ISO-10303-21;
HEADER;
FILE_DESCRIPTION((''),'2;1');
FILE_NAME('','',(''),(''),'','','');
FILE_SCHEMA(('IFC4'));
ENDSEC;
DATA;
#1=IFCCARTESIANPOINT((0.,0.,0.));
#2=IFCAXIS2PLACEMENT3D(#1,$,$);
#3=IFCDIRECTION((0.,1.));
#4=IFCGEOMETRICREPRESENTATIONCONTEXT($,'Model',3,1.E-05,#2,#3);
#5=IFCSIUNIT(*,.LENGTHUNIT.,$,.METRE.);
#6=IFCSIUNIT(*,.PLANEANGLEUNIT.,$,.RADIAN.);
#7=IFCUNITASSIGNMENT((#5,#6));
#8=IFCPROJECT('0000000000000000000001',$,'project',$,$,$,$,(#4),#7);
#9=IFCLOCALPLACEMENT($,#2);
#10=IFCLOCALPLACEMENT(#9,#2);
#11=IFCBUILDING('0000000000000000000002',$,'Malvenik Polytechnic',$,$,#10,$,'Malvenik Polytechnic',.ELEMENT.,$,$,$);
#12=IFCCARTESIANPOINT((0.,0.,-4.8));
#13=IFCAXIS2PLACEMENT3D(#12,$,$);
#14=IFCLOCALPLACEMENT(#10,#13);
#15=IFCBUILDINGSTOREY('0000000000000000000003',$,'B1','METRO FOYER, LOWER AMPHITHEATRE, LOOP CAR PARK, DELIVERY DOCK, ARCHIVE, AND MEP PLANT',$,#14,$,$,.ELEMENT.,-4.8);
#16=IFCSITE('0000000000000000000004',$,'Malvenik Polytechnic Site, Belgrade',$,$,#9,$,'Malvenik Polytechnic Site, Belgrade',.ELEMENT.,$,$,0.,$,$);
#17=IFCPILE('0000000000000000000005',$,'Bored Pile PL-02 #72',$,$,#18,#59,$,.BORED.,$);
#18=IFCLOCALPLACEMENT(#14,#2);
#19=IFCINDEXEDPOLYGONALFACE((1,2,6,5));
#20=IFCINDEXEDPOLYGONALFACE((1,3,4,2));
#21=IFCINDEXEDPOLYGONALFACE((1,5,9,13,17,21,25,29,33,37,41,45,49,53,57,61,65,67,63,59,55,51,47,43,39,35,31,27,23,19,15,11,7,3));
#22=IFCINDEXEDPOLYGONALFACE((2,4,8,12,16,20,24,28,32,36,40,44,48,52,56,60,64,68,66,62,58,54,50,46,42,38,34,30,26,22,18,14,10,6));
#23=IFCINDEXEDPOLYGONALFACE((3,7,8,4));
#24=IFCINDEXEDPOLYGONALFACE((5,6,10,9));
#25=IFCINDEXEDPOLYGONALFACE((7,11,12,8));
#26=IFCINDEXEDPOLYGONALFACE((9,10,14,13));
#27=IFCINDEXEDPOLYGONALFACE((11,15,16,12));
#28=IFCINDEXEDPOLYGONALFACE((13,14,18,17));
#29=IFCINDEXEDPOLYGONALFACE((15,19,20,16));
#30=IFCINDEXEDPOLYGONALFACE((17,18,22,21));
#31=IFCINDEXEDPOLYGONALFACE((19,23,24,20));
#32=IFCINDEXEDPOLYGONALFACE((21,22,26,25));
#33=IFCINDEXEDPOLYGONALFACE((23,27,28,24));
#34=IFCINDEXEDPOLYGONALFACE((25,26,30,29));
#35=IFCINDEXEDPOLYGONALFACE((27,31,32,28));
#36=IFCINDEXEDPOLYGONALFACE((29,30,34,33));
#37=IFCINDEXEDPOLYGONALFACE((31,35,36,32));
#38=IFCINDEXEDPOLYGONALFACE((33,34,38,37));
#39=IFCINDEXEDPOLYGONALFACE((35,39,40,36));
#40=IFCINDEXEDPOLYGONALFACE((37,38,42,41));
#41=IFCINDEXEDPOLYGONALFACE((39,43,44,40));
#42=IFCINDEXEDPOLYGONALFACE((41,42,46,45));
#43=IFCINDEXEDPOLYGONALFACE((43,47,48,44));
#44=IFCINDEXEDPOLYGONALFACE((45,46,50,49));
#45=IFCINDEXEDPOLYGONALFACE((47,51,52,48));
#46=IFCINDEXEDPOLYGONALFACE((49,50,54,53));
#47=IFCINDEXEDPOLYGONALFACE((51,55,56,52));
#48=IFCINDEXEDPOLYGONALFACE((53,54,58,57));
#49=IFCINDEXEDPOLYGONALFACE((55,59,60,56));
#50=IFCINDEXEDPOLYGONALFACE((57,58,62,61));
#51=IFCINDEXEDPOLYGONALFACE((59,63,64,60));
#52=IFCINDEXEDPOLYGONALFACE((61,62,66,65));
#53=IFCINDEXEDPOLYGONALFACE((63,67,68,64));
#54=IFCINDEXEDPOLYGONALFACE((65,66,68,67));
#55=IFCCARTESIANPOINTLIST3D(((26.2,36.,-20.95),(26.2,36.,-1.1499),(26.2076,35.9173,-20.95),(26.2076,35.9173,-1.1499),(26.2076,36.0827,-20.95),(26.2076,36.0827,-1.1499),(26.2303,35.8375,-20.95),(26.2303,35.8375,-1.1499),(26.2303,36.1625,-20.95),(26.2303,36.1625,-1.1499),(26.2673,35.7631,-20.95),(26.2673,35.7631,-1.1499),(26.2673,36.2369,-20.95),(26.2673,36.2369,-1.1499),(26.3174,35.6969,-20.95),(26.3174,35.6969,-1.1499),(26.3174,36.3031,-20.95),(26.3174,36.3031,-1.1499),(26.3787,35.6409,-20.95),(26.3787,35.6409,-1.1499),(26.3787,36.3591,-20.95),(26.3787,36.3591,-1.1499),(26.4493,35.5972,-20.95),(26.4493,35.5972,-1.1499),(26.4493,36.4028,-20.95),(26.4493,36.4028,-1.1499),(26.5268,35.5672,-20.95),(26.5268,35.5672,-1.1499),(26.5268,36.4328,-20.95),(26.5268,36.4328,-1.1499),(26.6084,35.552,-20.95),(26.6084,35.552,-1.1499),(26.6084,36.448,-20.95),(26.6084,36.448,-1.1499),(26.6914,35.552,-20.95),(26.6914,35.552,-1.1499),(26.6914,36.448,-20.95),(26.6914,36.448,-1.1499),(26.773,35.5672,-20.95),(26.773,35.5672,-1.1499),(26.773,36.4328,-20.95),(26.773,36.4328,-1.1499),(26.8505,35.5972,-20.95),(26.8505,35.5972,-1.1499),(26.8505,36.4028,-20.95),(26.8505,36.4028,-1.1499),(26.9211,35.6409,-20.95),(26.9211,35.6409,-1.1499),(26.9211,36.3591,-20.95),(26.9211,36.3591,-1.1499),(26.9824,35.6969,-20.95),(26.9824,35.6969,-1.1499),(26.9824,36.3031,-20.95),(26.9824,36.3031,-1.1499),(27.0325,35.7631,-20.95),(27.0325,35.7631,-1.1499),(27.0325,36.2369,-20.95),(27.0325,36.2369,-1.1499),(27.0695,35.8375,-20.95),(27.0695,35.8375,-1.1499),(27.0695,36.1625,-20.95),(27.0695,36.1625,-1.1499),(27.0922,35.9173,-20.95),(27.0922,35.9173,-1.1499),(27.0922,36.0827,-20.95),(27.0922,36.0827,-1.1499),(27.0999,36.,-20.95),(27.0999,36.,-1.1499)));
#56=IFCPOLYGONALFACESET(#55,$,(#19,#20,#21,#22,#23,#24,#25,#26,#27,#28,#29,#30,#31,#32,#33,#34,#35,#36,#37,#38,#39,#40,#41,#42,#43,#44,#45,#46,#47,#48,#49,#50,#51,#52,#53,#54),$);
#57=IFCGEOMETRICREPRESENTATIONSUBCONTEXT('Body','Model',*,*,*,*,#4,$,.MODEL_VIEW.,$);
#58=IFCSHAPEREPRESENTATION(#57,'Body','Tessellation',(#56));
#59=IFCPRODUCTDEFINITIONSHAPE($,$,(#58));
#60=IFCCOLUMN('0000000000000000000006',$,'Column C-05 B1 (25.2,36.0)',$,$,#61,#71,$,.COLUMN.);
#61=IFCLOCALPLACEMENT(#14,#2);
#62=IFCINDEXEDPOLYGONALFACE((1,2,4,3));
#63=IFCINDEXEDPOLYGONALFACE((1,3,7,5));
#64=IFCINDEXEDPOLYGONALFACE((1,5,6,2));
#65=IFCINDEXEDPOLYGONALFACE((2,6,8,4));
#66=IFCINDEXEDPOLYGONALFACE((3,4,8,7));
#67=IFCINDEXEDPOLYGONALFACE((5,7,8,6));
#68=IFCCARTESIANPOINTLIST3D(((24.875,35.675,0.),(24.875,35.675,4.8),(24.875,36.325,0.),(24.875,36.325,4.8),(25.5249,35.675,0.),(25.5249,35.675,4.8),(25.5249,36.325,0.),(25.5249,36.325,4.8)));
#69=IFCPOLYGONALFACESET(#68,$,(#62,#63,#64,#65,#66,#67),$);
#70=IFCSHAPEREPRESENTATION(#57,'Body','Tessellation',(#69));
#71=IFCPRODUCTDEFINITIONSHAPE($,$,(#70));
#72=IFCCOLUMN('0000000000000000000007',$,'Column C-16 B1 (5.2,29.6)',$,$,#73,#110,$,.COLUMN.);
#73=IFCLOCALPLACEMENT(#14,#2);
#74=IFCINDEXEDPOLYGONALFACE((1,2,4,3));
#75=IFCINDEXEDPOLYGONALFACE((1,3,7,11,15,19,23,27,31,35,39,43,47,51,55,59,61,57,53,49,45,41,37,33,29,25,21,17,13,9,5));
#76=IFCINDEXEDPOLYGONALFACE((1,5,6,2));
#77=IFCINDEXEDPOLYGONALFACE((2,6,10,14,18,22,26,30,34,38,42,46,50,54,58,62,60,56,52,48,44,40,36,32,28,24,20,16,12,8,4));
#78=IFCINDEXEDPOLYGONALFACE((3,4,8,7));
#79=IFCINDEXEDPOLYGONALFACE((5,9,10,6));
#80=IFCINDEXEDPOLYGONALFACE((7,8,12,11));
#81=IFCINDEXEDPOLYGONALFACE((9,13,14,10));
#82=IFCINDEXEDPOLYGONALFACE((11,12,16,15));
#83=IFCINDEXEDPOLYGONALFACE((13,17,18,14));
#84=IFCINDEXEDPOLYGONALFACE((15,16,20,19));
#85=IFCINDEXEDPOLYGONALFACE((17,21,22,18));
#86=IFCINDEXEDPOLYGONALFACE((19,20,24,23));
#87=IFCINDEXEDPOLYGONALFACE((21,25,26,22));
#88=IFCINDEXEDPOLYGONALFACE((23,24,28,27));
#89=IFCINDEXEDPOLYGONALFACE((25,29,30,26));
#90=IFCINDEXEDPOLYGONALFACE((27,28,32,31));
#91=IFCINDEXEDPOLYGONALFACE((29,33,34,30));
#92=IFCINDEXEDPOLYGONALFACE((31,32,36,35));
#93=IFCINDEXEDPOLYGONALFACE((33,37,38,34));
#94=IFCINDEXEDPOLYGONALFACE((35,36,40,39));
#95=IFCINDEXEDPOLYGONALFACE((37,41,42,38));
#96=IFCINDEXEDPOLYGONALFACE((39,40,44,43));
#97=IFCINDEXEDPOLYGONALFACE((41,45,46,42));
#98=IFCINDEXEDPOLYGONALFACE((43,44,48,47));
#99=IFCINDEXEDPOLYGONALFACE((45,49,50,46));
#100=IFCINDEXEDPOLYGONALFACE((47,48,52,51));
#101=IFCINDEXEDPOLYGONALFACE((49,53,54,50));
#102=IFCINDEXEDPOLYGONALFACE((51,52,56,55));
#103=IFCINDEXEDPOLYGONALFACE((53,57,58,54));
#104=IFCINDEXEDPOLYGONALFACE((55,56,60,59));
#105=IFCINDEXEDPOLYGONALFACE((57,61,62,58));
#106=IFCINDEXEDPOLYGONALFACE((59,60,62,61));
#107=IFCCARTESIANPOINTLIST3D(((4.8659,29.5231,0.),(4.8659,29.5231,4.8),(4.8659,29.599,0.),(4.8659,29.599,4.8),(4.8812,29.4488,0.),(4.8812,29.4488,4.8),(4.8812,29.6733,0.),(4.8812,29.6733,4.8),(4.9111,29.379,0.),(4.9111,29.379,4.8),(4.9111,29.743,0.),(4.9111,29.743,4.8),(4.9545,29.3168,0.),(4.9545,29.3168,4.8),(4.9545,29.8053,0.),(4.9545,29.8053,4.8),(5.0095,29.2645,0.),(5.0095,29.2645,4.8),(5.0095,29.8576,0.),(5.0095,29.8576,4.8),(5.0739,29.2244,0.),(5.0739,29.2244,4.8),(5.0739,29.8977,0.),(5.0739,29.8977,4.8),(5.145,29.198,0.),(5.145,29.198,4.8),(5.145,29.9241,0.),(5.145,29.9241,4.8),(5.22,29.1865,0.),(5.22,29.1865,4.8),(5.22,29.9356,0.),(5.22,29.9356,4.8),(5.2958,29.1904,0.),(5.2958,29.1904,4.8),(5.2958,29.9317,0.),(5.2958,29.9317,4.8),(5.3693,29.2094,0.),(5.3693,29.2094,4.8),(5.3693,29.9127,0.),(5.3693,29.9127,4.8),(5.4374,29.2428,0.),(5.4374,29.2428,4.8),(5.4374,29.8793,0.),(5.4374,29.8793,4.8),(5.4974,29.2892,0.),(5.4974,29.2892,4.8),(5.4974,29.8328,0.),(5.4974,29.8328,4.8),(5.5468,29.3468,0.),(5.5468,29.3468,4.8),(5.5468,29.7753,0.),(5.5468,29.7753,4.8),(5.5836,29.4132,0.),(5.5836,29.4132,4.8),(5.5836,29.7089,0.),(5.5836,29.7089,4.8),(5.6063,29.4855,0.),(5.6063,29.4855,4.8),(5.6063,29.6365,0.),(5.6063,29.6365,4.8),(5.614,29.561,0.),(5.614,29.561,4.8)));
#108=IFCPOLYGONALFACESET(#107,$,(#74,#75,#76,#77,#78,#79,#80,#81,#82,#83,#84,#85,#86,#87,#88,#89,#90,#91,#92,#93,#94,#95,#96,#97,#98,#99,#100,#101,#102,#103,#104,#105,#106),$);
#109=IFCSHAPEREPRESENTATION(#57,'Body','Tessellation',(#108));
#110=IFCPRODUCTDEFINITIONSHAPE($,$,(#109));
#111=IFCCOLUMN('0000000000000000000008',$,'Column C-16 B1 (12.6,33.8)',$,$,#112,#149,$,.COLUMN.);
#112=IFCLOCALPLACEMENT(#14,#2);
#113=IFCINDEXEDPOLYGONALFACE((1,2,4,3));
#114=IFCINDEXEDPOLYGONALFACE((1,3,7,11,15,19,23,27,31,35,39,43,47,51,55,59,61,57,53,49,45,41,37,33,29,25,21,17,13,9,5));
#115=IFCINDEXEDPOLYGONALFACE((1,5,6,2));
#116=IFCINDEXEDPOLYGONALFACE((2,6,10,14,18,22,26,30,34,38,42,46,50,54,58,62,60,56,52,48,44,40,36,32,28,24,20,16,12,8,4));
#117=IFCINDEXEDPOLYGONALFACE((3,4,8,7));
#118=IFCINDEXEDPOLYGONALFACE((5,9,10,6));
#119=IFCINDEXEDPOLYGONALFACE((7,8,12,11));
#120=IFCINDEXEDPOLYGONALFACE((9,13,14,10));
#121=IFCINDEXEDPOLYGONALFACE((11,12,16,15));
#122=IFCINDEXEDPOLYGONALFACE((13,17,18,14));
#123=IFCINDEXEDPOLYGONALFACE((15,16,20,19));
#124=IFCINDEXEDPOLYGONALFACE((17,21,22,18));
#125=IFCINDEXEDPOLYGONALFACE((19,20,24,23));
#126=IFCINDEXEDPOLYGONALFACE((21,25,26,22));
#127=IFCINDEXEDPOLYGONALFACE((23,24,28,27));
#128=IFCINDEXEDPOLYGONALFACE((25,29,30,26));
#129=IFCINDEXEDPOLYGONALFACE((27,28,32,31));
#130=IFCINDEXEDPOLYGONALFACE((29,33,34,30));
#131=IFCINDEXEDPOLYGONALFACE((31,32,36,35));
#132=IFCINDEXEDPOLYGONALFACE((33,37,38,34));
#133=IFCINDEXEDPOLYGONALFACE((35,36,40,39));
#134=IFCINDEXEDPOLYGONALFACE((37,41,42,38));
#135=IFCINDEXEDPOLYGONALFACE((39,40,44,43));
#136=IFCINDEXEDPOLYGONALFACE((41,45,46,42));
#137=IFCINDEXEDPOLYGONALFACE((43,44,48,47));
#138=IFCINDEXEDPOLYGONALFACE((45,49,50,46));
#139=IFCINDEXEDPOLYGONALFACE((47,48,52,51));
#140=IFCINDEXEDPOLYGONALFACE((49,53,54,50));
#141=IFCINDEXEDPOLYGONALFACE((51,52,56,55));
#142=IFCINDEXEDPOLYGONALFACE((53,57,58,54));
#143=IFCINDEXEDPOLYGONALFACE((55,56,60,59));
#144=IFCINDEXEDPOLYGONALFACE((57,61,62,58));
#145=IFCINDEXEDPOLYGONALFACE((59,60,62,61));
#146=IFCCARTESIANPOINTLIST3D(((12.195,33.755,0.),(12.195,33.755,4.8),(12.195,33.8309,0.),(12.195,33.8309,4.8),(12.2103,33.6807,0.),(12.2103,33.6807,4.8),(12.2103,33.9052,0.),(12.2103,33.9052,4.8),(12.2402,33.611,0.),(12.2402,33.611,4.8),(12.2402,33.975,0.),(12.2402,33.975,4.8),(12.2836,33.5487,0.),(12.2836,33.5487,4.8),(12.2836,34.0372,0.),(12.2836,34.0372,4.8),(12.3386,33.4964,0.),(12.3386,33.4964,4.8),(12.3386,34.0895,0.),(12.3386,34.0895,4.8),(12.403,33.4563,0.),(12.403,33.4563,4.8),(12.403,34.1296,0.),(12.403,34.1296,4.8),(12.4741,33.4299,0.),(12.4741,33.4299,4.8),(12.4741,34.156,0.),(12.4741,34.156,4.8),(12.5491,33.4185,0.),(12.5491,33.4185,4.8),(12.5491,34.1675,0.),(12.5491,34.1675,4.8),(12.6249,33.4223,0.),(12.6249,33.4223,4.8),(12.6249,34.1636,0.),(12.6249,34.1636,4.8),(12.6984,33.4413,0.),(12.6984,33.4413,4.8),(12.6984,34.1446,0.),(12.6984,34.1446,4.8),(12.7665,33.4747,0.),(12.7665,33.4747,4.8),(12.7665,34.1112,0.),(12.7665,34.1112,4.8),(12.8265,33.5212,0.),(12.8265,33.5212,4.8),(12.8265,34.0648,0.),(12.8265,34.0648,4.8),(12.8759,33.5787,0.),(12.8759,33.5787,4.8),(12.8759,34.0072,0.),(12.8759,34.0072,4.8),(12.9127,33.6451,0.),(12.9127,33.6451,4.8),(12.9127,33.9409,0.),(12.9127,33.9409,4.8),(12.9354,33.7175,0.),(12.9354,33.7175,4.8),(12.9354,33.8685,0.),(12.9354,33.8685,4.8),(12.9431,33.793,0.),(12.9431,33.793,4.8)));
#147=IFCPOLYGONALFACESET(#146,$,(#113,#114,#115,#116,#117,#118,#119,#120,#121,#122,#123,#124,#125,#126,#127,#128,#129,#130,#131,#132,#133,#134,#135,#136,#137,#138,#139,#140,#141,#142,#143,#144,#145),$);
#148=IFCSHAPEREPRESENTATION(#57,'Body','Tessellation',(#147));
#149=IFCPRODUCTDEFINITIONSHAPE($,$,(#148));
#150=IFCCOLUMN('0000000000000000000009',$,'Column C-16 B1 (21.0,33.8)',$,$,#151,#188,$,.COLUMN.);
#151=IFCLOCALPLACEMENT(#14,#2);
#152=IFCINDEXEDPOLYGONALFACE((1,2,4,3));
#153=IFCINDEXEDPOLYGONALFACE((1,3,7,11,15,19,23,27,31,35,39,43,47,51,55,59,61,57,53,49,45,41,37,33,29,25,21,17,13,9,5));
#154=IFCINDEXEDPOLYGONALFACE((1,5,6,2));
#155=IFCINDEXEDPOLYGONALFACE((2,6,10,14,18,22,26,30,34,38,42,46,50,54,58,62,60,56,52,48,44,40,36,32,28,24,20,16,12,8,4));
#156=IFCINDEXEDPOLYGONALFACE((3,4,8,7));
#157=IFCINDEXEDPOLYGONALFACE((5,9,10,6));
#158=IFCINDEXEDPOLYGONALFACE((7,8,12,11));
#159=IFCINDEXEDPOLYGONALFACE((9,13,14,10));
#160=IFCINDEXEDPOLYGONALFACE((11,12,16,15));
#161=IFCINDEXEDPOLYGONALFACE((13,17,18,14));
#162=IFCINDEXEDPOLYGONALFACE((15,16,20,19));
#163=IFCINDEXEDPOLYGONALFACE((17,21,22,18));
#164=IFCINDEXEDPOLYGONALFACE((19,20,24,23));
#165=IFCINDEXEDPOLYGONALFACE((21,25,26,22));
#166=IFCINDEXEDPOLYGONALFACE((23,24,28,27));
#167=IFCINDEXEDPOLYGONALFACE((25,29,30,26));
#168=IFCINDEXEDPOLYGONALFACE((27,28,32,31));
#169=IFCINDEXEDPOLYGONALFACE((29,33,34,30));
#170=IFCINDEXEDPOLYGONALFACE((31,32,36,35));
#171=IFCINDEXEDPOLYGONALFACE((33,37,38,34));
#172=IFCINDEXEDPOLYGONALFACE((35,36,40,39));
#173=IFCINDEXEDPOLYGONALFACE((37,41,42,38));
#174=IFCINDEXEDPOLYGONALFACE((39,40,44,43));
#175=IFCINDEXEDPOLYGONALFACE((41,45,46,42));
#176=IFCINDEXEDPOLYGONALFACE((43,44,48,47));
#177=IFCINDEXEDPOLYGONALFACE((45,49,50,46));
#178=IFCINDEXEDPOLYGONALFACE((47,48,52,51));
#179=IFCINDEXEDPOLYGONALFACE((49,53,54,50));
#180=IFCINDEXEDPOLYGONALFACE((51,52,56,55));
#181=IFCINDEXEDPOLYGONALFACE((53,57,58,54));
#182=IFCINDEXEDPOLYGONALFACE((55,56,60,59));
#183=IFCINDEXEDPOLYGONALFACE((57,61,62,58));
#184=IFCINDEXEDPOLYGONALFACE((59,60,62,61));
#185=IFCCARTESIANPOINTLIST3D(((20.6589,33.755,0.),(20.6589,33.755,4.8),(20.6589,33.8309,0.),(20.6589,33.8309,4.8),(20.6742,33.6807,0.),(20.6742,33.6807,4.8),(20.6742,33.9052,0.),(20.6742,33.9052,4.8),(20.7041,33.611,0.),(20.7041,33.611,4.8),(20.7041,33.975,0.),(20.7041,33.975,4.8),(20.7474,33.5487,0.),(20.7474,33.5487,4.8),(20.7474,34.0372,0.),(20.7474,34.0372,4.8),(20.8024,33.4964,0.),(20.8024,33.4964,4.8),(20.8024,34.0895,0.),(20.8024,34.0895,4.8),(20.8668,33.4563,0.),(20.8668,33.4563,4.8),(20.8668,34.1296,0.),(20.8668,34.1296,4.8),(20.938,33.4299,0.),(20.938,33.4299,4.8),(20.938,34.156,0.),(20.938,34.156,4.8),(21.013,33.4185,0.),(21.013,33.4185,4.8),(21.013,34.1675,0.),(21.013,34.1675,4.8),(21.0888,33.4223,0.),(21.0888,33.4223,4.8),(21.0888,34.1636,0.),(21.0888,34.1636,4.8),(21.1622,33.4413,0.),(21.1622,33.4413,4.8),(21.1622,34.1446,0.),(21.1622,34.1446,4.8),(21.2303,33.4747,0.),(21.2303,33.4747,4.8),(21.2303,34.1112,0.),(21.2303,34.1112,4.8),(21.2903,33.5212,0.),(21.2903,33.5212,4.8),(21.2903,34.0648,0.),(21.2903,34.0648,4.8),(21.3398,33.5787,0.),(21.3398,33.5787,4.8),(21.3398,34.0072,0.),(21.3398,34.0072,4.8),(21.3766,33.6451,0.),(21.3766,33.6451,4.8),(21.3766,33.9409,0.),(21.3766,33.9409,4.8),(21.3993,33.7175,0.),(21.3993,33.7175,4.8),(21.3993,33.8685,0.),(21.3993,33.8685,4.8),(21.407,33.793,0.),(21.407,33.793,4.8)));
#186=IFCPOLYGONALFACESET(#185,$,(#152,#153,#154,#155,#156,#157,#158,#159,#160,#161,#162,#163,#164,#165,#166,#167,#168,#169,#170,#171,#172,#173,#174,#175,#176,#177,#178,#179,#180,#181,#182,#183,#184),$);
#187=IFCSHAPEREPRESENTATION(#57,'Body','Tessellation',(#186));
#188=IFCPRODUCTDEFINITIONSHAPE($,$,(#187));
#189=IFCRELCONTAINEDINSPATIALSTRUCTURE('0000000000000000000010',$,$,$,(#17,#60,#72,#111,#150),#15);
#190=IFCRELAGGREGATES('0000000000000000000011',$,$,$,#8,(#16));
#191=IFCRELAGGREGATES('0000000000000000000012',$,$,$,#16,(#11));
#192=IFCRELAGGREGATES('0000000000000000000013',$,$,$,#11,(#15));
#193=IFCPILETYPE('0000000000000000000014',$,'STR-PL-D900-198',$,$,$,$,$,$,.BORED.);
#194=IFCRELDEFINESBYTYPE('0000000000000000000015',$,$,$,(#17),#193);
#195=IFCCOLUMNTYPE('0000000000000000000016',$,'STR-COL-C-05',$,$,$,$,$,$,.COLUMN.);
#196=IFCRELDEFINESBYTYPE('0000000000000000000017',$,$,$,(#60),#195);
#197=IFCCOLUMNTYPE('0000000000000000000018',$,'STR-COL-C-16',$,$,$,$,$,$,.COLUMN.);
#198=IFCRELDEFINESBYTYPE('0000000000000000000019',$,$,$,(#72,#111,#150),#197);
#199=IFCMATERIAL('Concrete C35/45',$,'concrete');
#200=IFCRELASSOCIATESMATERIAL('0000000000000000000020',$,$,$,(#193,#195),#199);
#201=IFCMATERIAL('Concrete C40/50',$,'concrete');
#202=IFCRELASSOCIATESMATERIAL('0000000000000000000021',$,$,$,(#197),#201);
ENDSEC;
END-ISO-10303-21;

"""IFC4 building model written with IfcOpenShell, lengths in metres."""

from ifc_helpers import new_model, si_unit, direction, frame, origin, origin_2d, place, context, subcontext, project, spatial, rectangle, circle, extrude, material, material_profile, profile_set, type_object, element, save


model = new_model("IFC4")

# Units and contexts
model_context = context("Model", 3, precision=1e-05, world=origin(), true_north=direction((0.0, 1.0)))
body_context = subcontext(model_context, "Body", "Model", "MODEL_VIEW")
ifc_project = project(units=[si_unit("LENGTHUNIT", "METRE"), si_unit("PLANEANGLEUNIT", "RADIAN")], contexts=[model_context])

# Site, building, storey
site_placement = place(None, origin())
site = spatial("IfcSite", under=ifc_project, at=site_placement, Name="Malvenik Polytechnic Site, Belgrade", LongName="Malvenik Polytechnic Site, Belgrade", CompositionType="ELEMENT", RefElevation=0.0)
building_placement = place(site_placement, origin())
building = spatial("IfcBuilding", under=site, at=building_placement, Name="Malvenik Polytechnic", LongName="Malvenik Polytechnic", CompositionType="ELEMENT")
storey_placement = place(building_placement, frame((0.0, 0.0, -4.8)))
storey = spatial("IfcBuildingStorey", under=building, at=storey_placement, Name="B1", Description="METRO FOYER, LOWER AMPHITHEATRE, LOOP CAR PARK, DELIVERY DOCK, ARCHIVE, AND MEP PLANT", CompositionType="ELEMENT", Elevation=-4.8)

# Shared definitions
ifc_material_1 = material(Name="Concrete C35/45", Category="concrete")

# Pile
ifc_material_profile_1 = material_profile(ifc_material_1, circle(Radius=0.45, at=origin_2d()), Name="BORED PILE D900")
ifc_profile_set_1 = profile_set([ifc_material_profile_1], Name="Concrete C35/45")
pile_type = type_object("IfcPileType", Name="STR-PL-D900-198", PredefinedType="BORED", material=ifc_profile_set_1)
for number, where, z_axis, x_axis, name in (
    (1, (26.6499, 36.0, -1.1499), (0.0, 0.0, -1.0), (1.0, 0.0, 0.0), "Bored Pile PL-02 #72"),
):
    element("IfcPile", number, at=place(storey_placement, frame(where, z_axis=z_axis, x_axis=x_axis)), inside=storey, type_object=pile_type, Name=name, PredefinedType="BORED", context=body_context, shape_type="SweptSolid", body=[
        extrude(circle(Radius=0.45, at=origin_2d()), origin(), (0.0, 0.0, 1.0), 19.8),
    ])

# Columns
ifc_material_profile_2 = material_profile(ifc_material_1, rectangle(XDim=0.6499, YDim=0.6499, at=origin_2d()), Name="RC COL 650x650")
ifc_profile_set_2 = profile_set([ifc_material_profile_2], Name="Concrete C35/45")
column_type_1 = type_object("IfcColumnType", Name="STR-COL-C-05", PredefinedType="COLUMN", material=ifc_profile_set_2)
column_placement = place(storey_placement, frame((25.2, 36.0, 0.0), z_axis=(0.0, 0.0, 1.0), x_axis=(1.0, 0.0, 0.0)))
element("IfcColumn", 2, at=column_placement, inside=storey, type_object=column_type_1, Name="Column C-05 B1 (25.2,36.0)", PredefinedType="COLUMN", context=body_context, shape_type="SweptSolid", body=[
    extrude(rectangle(XDim=0.6499, YDim=0.6499, at=origin_2d()), origin(), (0.0, 0.0, 1.0), 4.8),
])
ifc_material_2 = material(Name="Concrete C40/50", Category="concrete")
ifc_material_profile_3 = material_profile(ifc_material_2, circle(Radius=0.375, at=origin_2d()), Name="RC COL D750")
ifc_profile_set_3 = profile_set([ifc_material_profile_3], Name="Concrete C40/50")
column_type_2 = type_object("IfcColumnType", Name="STR-COL-C-16", PredefinedType="COLUMN", material=ifc_profile_set_3)
for number, where, z_axis, x_axis, name in (
    (3, (5.239, 29.561, 0.0), (0.0, 0.0, 1.0), (1.0, 0.0, 0.0), "Column C-16 B1 (5.2,29.6)"),
    (4, (12.5681, 33.793, 0.0), (0.0, 0.0, 1.0), (1.0, 0.0, 0.0), "Column C-16 B1 (12.6,33.8)"),
    (5, (21.032, 33.793, 0.0), (0.0, 0.0, 1.0), (1.0, 0.0, 0.0), "Column C-16 B1 (21.0,33.8)"),
):
    element("IfcColumn", number, at=place(storey_placement, frame(where, z_axis=z_axis, x_axis=x_axis)), inside=storey, type_object=column_type_2, Name=name, PredefinedType="COLUMN", context=body_context, shape_type="SweptSolid", body=[
        extrude(circle(Radius=0.375, at=origin_2d()), origin(), (0.0, 0.0, 1.0), 4.8),
    ])

save(model, "model.ifc")
